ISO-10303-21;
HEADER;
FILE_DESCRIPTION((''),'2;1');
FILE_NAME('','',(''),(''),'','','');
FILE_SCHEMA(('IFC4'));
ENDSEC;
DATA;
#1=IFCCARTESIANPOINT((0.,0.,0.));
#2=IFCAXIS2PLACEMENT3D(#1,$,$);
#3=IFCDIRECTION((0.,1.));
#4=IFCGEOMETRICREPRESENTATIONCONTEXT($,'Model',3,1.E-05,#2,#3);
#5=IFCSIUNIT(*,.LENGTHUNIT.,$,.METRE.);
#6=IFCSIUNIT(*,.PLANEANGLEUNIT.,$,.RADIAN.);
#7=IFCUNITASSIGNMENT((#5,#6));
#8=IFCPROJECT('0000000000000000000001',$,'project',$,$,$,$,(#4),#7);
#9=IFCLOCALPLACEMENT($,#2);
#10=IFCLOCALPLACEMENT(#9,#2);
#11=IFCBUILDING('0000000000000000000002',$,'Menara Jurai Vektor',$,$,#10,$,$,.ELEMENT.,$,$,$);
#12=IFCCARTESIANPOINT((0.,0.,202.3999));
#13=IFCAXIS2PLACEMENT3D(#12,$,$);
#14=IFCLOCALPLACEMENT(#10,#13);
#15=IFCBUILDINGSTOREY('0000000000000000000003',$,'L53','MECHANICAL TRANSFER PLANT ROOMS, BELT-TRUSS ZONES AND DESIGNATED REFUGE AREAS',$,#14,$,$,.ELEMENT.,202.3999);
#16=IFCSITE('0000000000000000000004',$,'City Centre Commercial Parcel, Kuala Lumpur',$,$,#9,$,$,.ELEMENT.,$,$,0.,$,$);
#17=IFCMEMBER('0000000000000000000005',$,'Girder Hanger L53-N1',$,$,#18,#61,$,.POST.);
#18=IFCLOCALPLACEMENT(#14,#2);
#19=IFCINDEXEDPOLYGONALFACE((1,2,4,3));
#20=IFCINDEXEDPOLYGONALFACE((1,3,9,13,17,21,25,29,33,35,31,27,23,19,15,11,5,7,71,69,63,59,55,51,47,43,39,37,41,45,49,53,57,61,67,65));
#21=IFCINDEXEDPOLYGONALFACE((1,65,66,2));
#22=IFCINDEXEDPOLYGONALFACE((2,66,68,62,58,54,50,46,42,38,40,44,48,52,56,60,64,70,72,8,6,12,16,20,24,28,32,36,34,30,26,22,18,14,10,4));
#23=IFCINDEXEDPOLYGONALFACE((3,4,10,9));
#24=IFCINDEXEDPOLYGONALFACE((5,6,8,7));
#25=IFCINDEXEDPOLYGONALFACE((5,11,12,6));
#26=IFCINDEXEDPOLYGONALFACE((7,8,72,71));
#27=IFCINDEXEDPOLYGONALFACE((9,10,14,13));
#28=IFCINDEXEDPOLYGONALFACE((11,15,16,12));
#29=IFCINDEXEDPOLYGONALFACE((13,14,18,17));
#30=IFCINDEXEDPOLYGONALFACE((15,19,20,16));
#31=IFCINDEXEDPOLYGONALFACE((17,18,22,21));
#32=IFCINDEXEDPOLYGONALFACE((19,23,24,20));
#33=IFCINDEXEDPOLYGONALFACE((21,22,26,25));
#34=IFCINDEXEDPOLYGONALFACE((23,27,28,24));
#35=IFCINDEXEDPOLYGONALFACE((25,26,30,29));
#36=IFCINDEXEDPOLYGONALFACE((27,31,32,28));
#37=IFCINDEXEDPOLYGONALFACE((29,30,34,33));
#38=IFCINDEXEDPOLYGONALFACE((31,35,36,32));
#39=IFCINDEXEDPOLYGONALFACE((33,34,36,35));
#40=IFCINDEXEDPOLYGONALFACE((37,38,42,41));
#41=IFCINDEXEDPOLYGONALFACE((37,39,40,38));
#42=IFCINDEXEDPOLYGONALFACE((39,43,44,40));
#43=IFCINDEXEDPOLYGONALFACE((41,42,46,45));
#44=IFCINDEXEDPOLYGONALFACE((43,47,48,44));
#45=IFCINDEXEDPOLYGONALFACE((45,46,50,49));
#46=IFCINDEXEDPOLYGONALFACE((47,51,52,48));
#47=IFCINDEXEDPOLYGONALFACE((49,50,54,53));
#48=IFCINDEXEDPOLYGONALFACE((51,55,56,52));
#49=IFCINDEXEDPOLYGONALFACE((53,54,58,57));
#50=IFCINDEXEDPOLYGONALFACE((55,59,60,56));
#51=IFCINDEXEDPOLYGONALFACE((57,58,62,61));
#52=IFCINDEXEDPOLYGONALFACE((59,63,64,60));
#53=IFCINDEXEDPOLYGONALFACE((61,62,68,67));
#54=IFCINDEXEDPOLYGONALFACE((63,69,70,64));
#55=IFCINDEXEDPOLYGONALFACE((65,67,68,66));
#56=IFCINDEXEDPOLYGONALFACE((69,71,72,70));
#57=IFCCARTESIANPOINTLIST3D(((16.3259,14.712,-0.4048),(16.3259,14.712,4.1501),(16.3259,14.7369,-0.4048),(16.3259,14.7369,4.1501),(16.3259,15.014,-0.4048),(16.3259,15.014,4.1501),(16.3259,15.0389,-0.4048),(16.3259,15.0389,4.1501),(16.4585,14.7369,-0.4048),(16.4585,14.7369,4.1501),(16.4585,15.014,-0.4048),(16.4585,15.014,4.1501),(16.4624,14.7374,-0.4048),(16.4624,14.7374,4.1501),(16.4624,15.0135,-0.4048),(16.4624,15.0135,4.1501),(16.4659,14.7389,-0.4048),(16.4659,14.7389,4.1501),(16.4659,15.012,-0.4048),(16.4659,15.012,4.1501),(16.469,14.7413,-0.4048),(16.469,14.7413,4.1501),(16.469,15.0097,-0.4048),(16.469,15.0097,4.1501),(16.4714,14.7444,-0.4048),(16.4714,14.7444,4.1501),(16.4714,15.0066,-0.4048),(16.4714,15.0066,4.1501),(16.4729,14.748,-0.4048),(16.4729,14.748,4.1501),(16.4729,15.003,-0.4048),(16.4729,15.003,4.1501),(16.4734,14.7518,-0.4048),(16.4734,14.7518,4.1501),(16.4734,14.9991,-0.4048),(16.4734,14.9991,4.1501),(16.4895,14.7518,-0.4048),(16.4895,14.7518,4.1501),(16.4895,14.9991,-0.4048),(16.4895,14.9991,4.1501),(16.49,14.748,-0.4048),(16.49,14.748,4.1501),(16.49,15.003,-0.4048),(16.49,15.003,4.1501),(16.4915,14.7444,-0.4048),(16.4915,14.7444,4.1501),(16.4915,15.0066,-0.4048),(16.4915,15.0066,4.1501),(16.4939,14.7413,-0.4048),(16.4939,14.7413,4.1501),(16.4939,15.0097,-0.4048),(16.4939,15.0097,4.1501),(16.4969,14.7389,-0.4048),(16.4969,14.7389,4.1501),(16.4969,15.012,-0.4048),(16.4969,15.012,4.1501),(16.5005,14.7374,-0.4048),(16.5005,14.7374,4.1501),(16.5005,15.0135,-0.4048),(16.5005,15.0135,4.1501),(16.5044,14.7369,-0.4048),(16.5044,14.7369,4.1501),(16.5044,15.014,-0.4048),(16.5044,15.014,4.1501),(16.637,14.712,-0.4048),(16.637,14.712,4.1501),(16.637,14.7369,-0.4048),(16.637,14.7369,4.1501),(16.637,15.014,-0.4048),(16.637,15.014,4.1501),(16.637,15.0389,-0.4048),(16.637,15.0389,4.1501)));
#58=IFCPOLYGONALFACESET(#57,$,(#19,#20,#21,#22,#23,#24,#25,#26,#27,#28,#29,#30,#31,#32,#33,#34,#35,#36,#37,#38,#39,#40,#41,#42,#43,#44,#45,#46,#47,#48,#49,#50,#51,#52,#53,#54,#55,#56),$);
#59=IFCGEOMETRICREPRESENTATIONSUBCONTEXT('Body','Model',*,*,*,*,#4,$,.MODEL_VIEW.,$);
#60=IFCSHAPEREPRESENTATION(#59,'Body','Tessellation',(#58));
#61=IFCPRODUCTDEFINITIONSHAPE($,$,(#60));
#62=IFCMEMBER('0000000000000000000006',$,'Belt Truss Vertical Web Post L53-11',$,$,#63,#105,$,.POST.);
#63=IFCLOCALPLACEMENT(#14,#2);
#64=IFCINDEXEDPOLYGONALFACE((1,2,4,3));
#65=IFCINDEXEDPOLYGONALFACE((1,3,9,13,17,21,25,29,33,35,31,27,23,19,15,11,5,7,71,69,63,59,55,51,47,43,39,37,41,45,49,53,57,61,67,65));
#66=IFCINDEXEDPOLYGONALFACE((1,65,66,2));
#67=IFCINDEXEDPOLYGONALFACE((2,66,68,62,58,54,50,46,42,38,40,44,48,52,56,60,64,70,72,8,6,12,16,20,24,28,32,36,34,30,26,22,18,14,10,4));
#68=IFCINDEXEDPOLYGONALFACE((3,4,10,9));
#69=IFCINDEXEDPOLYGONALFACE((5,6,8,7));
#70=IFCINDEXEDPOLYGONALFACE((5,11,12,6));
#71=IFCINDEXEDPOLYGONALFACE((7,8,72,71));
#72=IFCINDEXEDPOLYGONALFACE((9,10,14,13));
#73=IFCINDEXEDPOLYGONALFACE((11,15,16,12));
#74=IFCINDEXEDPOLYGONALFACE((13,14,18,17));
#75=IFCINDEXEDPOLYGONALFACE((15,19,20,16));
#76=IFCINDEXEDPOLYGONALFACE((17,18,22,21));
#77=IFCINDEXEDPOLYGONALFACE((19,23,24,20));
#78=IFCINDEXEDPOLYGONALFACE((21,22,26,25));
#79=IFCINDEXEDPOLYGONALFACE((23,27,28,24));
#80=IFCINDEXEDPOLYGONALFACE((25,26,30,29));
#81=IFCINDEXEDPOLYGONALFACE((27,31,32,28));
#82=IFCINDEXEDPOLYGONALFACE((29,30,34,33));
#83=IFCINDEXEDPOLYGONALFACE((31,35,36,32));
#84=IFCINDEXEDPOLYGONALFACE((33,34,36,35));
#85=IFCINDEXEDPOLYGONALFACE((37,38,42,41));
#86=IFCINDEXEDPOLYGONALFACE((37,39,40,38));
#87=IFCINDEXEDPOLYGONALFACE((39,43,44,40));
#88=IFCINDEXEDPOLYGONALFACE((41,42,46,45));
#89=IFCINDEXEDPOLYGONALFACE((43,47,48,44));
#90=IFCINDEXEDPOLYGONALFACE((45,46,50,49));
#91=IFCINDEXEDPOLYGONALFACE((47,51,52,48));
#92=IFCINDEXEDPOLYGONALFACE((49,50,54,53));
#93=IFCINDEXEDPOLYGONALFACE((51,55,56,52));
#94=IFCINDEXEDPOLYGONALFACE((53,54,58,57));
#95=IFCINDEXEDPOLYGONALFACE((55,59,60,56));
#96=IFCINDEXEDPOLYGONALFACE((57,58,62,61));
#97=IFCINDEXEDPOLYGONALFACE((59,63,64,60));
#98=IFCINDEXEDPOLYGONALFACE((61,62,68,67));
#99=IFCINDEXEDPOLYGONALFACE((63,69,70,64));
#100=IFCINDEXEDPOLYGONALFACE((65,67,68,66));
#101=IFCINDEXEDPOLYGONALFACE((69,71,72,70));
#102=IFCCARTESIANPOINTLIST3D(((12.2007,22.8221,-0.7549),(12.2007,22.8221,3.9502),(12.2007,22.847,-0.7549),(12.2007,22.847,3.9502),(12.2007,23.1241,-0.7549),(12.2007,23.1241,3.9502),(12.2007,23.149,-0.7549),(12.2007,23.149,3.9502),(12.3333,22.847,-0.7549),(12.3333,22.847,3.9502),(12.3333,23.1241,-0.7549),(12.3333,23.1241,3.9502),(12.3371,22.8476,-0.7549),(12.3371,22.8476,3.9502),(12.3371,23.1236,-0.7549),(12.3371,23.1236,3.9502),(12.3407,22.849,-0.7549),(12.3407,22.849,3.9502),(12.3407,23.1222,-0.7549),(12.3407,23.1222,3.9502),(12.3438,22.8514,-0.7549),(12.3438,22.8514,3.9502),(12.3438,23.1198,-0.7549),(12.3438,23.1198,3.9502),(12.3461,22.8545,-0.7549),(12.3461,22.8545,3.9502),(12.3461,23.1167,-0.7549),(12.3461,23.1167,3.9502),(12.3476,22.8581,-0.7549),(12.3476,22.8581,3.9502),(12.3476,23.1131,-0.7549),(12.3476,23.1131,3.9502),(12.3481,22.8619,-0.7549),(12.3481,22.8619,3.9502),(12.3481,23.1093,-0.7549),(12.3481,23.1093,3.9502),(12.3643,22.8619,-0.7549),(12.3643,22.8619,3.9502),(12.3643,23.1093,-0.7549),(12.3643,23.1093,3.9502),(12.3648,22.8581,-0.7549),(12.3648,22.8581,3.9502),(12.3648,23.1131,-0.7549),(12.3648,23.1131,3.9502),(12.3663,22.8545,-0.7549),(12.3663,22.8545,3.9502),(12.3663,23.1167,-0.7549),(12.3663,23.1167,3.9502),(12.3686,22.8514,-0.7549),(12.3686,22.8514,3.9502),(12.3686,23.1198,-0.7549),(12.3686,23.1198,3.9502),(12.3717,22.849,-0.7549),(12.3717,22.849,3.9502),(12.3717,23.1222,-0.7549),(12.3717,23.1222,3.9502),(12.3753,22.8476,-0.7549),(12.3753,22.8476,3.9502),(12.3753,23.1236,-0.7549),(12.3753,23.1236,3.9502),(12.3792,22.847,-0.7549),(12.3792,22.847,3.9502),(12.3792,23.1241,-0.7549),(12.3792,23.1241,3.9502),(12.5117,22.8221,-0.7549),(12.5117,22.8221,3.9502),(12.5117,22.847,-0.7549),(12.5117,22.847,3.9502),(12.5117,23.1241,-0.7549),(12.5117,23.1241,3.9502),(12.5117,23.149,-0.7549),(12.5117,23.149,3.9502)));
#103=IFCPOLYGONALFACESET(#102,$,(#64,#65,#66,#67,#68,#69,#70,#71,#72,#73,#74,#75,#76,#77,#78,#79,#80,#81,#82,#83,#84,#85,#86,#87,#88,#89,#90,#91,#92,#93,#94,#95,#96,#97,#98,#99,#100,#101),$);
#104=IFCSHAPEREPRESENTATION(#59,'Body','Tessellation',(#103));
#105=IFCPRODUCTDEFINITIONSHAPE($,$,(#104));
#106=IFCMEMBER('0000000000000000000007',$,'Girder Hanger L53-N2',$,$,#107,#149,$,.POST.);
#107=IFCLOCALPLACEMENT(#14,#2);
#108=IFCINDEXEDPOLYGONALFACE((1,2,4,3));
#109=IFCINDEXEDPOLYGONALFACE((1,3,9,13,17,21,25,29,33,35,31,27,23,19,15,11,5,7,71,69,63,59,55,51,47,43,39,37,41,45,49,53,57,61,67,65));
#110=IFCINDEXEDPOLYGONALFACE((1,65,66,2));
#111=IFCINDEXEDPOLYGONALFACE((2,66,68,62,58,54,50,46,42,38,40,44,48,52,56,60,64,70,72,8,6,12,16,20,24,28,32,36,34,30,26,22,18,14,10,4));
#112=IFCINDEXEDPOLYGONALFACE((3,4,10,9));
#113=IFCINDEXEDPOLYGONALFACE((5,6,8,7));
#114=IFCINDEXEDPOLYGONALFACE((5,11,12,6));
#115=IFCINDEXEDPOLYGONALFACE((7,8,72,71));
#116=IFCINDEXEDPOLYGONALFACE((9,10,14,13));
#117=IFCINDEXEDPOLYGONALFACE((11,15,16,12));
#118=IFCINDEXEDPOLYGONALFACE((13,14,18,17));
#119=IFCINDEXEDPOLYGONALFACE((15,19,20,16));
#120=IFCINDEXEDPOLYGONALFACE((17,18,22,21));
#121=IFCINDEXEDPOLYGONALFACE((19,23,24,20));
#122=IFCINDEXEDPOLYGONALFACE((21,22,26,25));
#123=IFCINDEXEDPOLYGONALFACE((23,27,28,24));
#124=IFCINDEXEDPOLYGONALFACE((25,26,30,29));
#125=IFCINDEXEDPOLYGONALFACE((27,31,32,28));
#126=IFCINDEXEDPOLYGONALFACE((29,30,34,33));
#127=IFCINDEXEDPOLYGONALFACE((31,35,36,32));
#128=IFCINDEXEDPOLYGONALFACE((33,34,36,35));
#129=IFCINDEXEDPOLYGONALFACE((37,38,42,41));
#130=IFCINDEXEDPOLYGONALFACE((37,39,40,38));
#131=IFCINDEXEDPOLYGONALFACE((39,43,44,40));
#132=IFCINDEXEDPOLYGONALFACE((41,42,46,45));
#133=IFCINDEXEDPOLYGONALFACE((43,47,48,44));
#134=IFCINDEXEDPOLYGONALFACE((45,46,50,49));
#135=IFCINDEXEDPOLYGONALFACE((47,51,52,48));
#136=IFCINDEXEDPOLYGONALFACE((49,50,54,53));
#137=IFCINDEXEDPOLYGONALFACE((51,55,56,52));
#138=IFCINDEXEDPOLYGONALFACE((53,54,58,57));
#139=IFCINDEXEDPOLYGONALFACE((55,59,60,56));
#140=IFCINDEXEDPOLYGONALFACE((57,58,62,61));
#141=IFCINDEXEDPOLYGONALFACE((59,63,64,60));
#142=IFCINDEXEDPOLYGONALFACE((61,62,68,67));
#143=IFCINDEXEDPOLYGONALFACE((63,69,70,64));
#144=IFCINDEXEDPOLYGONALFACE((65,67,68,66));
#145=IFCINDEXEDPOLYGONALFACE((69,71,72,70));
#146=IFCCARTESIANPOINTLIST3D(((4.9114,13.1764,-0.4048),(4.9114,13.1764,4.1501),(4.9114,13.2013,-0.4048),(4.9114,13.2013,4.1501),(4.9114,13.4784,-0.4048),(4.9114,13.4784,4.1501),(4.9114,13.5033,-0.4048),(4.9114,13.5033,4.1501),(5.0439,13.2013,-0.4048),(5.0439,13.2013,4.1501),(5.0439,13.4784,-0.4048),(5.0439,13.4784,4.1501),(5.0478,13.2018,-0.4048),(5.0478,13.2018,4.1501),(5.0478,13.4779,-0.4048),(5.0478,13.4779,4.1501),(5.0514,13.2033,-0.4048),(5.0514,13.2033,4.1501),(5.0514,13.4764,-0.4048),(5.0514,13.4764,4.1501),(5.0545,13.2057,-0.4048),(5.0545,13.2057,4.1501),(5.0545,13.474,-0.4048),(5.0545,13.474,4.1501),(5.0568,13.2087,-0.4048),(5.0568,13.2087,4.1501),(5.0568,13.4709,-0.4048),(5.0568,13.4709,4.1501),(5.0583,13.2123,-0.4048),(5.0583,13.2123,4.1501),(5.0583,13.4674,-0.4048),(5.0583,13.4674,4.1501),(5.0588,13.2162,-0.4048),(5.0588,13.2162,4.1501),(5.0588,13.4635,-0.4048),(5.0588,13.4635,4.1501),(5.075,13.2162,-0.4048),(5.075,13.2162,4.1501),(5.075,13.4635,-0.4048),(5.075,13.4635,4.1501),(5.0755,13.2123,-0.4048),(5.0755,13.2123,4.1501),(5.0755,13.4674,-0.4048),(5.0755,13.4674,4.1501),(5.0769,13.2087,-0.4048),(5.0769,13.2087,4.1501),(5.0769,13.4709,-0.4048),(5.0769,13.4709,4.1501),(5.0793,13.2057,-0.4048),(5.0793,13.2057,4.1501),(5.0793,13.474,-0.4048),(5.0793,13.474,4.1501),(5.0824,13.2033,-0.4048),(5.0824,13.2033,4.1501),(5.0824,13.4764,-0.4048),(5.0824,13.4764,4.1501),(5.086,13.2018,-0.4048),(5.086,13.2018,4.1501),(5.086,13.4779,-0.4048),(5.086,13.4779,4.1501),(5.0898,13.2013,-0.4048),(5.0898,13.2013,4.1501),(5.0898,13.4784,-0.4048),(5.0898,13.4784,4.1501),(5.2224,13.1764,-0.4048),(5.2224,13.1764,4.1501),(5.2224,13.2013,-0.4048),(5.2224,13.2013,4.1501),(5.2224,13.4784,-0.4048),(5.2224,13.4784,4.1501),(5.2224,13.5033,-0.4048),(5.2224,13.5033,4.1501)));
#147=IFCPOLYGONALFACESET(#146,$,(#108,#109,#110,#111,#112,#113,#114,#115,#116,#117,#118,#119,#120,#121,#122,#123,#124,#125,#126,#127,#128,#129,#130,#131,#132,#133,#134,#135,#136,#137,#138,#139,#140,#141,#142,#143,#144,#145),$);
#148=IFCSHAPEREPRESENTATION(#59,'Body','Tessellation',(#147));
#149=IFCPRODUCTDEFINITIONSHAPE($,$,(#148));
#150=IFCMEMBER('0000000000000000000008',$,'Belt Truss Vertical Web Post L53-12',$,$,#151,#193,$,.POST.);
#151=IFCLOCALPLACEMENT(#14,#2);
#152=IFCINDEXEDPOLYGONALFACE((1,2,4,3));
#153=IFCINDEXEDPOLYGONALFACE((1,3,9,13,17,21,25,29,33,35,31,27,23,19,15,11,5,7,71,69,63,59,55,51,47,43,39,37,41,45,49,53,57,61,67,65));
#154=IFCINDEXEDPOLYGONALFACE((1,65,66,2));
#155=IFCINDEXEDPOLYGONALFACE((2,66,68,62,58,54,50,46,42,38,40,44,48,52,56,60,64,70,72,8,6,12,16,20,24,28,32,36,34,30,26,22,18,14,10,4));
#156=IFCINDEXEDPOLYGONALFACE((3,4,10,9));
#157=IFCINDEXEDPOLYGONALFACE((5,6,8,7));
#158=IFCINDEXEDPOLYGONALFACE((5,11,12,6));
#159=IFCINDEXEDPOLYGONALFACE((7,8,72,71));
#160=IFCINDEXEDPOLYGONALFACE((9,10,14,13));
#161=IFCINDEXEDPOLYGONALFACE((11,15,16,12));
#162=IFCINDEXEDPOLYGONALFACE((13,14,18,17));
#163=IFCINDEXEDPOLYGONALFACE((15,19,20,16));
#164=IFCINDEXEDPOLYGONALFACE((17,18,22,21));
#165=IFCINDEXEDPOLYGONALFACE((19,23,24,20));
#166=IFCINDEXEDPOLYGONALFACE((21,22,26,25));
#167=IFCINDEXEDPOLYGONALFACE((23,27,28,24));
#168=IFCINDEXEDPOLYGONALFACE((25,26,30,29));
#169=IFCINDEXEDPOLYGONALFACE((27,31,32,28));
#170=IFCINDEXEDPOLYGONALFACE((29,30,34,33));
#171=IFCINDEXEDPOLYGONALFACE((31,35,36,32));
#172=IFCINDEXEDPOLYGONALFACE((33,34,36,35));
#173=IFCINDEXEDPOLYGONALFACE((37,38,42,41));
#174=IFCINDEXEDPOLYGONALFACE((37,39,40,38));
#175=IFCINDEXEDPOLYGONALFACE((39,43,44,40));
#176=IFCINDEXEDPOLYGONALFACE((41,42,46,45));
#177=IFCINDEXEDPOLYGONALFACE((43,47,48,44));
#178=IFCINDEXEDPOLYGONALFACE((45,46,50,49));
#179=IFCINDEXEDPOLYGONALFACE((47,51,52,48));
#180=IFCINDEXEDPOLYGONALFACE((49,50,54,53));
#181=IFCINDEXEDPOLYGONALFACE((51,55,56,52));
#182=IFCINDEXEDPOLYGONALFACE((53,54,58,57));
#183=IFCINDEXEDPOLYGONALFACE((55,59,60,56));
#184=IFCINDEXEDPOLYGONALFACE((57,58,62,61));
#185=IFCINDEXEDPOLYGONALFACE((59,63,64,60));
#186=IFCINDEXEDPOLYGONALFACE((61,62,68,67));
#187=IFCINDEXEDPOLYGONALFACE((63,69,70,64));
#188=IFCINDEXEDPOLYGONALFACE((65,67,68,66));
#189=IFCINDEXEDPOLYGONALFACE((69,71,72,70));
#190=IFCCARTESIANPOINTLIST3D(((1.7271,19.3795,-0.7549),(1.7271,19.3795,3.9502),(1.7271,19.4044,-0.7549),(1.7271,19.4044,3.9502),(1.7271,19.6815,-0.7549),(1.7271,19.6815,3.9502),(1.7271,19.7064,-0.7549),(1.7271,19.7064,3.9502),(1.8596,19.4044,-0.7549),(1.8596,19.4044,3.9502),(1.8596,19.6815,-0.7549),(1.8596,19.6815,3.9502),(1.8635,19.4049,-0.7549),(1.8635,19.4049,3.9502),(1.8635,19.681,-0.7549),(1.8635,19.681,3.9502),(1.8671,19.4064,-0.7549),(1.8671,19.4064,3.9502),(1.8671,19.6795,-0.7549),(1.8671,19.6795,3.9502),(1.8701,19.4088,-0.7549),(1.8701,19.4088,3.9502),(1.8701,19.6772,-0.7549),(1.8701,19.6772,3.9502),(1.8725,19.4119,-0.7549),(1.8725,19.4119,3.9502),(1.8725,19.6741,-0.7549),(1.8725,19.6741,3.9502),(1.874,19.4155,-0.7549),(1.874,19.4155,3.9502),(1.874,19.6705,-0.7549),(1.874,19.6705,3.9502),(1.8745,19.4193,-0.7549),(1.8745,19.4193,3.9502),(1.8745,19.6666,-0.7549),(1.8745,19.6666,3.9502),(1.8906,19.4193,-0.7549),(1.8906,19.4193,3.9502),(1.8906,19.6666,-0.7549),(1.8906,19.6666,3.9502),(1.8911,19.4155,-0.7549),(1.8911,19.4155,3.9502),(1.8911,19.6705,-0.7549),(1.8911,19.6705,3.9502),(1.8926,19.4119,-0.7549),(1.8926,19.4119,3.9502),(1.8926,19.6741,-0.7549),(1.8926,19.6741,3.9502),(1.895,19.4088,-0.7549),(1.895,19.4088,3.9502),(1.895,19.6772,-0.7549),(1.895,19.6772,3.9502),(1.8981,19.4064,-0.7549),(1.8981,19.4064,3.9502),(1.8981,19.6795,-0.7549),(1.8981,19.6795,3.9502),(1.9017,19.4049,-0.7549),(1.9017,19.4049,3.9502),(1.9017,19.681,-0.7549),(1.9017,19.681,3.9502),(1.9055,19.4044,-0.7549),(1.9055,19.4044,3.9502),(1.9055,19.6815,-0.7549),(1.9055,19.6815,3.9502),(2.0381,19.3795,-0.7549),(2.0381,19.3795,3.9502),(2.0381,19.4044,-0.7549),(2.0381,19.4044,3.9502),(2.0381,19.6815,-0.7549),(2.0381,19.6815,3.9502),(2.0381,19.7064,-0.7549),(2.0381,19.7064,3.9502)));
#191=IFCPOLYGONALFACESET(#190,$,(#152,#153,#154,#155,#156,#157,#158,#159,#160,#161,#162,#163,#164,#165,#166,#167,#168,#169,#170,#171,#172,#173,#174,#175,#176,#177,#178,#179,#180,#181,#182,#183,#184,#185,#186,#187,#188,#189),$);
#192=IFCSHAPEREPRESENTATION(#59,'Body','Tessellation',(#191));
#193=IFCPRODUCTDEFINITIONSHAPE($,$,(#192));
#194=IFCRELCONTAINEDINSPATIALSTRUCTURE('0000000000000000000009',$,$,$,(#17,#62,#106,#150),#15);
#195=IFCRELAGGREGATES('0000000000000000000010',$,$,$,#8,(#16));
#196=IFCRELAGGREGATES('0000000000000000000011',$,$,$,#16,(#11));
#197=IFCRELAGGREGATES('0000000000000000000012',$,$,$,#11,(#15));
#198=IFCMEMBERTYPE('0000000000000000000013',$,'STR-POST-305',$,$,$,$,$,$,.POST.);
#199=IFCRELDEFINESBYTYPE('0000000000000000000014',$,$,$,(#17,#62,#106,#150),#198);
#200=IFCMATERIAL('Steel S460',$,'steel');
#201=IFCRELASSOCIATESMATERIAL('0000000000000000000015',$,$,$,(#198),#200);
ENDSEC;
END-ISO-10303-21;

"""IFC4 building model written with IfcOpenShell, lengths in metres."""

from ifc_helpers import new_model, si_unit, direction, frame, origin, origin_2d, place, context, subcontext, project, spatial, i_section, extrude, material, material_profile, profile_set, type_object, element, save


model = new_model("IFC4")

# Units and contexts
model_context = context("Model", 3, precision=1e-05, world=origin(), true_north=direction((0.0, 1.0)))
body_context = subcontext(model_context, "Body", "Model", "MODEL_VIEW")
ifc_project = project(units=[si_unit("LENGTHUNIT", "METRE"), si_unit("PLANEANGLEUNIT", "RADIAN")], contexts=[model_context])

# Site, building, storey
site_placement = place(None, origin())
site = spatial("IfcSite", under=ifc_project, at=site_placement, Name="City Centre Commercial Parcel, Kuala Lumpur", CompositionType="ELEMENT", RefElevation=0.0)
building_placement = place(site_placement, origin())
building = spatial("IfcBuilding", under=site, at=building_placement, Name="Menara Jurai Vektor", CompositionType="ELEMENT")
storey_placement = place(building_placement, frame((0.0, 0.0, 202.3999)))
storey = spatial("IfcBuildingStorey", under=building, at=storey_placement, Name="L53", Description="MECHANICAL TRANSFER PLANT ROOMS, BELT-TRUSS ZONES AND DESIGNATED REFUGE AREAS", CompositionType="ELEMENT", Elevation=202.3999)

# Shared definitions
ifc_material_1 = material(Name="Steel S460", Category="steel")

# Members
ifc_material_profile_1 = material_profile(ifc_material_1, i_section(OverallWidth=0.311, OverallDepth=0.3269, WebThickness=0.0161, FlangeThickness=0.0249, FilletRadius=0.0149, at=origin_2d()), Name="UKC 305x305x158")
ifc_profile_set_1 = profile_set([ifc_material_profile_1], Name="Steel S460")
member_type_1 = type_object("IfcMemberType", Name="STR-POST-305", PredefinedType="POST", material=ifc_profile_set_1)
member_1_placement = place(storey_placement, frame((16.4814, 14.8755, -0.4048), z_axis=(0.0, 0.0, 1.0), x_axis=(1.0, 0.0, 0.0)))
element("IfcMember", 1, at=member_1_placement, inside=storey, type_object=member_type_1, Name="Girder Hanger L53-N1", PredefinedType="POST", context=body_context, shape_type="SweptSolid", body=[
    extrude(i_section(OverallWidth=0.311, OverallDepth=0.3269, WebThickness=0.0161, FlangeThickness=0.0249, FilletRadius=0.0149, at=origin_2d()), origin(), (0.0, 0.0, 1.0), 4.5549),
])
member_2_placement = place(storey_placement, frame((12.3562, 22.9856, -0.7549), z_axis=(0.0, 0.0, 1.0), x_axis=(1.0, 0.0, 0.0)))
element("IfcMember", 2, at=member_2_placement, inside=storey, type_object=member_type_1, Name="Belt Truss Vertical Web Post L53-11", PredefinedType="POST", context=body_context, shape_type="SweptSolid", body=[
    extrude(i_section(OverallWidth=0.311, OverallDepth=0.3269, WebThickness=0.0161, FlangeThickness=0.0249, FilletRadius=0.0149, at=origin_2d()), origin(), (0.0, 0.0, 1.0), 4.7051),
])
member_3_placement = place(storey_placement, frame((5.0669, 13.3398, -0.4048), z_axis=(0.0, 0.0, 1.0), x_axis=(1.0, 0.0, 0.0)))
element("IfcMember", 3, at=member_3_placement, inside=storey, type_object=member_type_1, Name="Girder Hanger L53-N2", PredefinedType="POST", context=body_context, shape_type="SweptSolid", body=[
    extrude(i_section(OverallWidth=0.311, OverallDepth=0.3269, WebThickness=0.0161, FlangeThickness=0.0249, FilletRadius=0.0149, at=origin_2d()), origin(), (0.0, 0.0, 1.0), 4.5549),
])
member_4_placement = place(storey_placement, frame((1.8826, 19.543, -0.7549), z_axis=(0.0, 0.0, 1.0), x_axis=(1.0, 0.0, 0.0)))
element("IfcMember", 4, at=member_4_placement, inside=storey, type_object=member_type_1, Name="Belt Truss Vertical Web Post L53-12", PredefinedType="POST", context=body_context, shape_type="SweptSolid", body=[
    extrude(i_section(OverallWidth=0.311, OverallDepth=0.3269, WebThickness=0.0161, FlangeThickness=0.0249, FilletRadius=0.0149, at=origin_2d()), origin(), (0.0, 0.0, 1.0), 4.7051),
])

save(model, "model.ifc")
